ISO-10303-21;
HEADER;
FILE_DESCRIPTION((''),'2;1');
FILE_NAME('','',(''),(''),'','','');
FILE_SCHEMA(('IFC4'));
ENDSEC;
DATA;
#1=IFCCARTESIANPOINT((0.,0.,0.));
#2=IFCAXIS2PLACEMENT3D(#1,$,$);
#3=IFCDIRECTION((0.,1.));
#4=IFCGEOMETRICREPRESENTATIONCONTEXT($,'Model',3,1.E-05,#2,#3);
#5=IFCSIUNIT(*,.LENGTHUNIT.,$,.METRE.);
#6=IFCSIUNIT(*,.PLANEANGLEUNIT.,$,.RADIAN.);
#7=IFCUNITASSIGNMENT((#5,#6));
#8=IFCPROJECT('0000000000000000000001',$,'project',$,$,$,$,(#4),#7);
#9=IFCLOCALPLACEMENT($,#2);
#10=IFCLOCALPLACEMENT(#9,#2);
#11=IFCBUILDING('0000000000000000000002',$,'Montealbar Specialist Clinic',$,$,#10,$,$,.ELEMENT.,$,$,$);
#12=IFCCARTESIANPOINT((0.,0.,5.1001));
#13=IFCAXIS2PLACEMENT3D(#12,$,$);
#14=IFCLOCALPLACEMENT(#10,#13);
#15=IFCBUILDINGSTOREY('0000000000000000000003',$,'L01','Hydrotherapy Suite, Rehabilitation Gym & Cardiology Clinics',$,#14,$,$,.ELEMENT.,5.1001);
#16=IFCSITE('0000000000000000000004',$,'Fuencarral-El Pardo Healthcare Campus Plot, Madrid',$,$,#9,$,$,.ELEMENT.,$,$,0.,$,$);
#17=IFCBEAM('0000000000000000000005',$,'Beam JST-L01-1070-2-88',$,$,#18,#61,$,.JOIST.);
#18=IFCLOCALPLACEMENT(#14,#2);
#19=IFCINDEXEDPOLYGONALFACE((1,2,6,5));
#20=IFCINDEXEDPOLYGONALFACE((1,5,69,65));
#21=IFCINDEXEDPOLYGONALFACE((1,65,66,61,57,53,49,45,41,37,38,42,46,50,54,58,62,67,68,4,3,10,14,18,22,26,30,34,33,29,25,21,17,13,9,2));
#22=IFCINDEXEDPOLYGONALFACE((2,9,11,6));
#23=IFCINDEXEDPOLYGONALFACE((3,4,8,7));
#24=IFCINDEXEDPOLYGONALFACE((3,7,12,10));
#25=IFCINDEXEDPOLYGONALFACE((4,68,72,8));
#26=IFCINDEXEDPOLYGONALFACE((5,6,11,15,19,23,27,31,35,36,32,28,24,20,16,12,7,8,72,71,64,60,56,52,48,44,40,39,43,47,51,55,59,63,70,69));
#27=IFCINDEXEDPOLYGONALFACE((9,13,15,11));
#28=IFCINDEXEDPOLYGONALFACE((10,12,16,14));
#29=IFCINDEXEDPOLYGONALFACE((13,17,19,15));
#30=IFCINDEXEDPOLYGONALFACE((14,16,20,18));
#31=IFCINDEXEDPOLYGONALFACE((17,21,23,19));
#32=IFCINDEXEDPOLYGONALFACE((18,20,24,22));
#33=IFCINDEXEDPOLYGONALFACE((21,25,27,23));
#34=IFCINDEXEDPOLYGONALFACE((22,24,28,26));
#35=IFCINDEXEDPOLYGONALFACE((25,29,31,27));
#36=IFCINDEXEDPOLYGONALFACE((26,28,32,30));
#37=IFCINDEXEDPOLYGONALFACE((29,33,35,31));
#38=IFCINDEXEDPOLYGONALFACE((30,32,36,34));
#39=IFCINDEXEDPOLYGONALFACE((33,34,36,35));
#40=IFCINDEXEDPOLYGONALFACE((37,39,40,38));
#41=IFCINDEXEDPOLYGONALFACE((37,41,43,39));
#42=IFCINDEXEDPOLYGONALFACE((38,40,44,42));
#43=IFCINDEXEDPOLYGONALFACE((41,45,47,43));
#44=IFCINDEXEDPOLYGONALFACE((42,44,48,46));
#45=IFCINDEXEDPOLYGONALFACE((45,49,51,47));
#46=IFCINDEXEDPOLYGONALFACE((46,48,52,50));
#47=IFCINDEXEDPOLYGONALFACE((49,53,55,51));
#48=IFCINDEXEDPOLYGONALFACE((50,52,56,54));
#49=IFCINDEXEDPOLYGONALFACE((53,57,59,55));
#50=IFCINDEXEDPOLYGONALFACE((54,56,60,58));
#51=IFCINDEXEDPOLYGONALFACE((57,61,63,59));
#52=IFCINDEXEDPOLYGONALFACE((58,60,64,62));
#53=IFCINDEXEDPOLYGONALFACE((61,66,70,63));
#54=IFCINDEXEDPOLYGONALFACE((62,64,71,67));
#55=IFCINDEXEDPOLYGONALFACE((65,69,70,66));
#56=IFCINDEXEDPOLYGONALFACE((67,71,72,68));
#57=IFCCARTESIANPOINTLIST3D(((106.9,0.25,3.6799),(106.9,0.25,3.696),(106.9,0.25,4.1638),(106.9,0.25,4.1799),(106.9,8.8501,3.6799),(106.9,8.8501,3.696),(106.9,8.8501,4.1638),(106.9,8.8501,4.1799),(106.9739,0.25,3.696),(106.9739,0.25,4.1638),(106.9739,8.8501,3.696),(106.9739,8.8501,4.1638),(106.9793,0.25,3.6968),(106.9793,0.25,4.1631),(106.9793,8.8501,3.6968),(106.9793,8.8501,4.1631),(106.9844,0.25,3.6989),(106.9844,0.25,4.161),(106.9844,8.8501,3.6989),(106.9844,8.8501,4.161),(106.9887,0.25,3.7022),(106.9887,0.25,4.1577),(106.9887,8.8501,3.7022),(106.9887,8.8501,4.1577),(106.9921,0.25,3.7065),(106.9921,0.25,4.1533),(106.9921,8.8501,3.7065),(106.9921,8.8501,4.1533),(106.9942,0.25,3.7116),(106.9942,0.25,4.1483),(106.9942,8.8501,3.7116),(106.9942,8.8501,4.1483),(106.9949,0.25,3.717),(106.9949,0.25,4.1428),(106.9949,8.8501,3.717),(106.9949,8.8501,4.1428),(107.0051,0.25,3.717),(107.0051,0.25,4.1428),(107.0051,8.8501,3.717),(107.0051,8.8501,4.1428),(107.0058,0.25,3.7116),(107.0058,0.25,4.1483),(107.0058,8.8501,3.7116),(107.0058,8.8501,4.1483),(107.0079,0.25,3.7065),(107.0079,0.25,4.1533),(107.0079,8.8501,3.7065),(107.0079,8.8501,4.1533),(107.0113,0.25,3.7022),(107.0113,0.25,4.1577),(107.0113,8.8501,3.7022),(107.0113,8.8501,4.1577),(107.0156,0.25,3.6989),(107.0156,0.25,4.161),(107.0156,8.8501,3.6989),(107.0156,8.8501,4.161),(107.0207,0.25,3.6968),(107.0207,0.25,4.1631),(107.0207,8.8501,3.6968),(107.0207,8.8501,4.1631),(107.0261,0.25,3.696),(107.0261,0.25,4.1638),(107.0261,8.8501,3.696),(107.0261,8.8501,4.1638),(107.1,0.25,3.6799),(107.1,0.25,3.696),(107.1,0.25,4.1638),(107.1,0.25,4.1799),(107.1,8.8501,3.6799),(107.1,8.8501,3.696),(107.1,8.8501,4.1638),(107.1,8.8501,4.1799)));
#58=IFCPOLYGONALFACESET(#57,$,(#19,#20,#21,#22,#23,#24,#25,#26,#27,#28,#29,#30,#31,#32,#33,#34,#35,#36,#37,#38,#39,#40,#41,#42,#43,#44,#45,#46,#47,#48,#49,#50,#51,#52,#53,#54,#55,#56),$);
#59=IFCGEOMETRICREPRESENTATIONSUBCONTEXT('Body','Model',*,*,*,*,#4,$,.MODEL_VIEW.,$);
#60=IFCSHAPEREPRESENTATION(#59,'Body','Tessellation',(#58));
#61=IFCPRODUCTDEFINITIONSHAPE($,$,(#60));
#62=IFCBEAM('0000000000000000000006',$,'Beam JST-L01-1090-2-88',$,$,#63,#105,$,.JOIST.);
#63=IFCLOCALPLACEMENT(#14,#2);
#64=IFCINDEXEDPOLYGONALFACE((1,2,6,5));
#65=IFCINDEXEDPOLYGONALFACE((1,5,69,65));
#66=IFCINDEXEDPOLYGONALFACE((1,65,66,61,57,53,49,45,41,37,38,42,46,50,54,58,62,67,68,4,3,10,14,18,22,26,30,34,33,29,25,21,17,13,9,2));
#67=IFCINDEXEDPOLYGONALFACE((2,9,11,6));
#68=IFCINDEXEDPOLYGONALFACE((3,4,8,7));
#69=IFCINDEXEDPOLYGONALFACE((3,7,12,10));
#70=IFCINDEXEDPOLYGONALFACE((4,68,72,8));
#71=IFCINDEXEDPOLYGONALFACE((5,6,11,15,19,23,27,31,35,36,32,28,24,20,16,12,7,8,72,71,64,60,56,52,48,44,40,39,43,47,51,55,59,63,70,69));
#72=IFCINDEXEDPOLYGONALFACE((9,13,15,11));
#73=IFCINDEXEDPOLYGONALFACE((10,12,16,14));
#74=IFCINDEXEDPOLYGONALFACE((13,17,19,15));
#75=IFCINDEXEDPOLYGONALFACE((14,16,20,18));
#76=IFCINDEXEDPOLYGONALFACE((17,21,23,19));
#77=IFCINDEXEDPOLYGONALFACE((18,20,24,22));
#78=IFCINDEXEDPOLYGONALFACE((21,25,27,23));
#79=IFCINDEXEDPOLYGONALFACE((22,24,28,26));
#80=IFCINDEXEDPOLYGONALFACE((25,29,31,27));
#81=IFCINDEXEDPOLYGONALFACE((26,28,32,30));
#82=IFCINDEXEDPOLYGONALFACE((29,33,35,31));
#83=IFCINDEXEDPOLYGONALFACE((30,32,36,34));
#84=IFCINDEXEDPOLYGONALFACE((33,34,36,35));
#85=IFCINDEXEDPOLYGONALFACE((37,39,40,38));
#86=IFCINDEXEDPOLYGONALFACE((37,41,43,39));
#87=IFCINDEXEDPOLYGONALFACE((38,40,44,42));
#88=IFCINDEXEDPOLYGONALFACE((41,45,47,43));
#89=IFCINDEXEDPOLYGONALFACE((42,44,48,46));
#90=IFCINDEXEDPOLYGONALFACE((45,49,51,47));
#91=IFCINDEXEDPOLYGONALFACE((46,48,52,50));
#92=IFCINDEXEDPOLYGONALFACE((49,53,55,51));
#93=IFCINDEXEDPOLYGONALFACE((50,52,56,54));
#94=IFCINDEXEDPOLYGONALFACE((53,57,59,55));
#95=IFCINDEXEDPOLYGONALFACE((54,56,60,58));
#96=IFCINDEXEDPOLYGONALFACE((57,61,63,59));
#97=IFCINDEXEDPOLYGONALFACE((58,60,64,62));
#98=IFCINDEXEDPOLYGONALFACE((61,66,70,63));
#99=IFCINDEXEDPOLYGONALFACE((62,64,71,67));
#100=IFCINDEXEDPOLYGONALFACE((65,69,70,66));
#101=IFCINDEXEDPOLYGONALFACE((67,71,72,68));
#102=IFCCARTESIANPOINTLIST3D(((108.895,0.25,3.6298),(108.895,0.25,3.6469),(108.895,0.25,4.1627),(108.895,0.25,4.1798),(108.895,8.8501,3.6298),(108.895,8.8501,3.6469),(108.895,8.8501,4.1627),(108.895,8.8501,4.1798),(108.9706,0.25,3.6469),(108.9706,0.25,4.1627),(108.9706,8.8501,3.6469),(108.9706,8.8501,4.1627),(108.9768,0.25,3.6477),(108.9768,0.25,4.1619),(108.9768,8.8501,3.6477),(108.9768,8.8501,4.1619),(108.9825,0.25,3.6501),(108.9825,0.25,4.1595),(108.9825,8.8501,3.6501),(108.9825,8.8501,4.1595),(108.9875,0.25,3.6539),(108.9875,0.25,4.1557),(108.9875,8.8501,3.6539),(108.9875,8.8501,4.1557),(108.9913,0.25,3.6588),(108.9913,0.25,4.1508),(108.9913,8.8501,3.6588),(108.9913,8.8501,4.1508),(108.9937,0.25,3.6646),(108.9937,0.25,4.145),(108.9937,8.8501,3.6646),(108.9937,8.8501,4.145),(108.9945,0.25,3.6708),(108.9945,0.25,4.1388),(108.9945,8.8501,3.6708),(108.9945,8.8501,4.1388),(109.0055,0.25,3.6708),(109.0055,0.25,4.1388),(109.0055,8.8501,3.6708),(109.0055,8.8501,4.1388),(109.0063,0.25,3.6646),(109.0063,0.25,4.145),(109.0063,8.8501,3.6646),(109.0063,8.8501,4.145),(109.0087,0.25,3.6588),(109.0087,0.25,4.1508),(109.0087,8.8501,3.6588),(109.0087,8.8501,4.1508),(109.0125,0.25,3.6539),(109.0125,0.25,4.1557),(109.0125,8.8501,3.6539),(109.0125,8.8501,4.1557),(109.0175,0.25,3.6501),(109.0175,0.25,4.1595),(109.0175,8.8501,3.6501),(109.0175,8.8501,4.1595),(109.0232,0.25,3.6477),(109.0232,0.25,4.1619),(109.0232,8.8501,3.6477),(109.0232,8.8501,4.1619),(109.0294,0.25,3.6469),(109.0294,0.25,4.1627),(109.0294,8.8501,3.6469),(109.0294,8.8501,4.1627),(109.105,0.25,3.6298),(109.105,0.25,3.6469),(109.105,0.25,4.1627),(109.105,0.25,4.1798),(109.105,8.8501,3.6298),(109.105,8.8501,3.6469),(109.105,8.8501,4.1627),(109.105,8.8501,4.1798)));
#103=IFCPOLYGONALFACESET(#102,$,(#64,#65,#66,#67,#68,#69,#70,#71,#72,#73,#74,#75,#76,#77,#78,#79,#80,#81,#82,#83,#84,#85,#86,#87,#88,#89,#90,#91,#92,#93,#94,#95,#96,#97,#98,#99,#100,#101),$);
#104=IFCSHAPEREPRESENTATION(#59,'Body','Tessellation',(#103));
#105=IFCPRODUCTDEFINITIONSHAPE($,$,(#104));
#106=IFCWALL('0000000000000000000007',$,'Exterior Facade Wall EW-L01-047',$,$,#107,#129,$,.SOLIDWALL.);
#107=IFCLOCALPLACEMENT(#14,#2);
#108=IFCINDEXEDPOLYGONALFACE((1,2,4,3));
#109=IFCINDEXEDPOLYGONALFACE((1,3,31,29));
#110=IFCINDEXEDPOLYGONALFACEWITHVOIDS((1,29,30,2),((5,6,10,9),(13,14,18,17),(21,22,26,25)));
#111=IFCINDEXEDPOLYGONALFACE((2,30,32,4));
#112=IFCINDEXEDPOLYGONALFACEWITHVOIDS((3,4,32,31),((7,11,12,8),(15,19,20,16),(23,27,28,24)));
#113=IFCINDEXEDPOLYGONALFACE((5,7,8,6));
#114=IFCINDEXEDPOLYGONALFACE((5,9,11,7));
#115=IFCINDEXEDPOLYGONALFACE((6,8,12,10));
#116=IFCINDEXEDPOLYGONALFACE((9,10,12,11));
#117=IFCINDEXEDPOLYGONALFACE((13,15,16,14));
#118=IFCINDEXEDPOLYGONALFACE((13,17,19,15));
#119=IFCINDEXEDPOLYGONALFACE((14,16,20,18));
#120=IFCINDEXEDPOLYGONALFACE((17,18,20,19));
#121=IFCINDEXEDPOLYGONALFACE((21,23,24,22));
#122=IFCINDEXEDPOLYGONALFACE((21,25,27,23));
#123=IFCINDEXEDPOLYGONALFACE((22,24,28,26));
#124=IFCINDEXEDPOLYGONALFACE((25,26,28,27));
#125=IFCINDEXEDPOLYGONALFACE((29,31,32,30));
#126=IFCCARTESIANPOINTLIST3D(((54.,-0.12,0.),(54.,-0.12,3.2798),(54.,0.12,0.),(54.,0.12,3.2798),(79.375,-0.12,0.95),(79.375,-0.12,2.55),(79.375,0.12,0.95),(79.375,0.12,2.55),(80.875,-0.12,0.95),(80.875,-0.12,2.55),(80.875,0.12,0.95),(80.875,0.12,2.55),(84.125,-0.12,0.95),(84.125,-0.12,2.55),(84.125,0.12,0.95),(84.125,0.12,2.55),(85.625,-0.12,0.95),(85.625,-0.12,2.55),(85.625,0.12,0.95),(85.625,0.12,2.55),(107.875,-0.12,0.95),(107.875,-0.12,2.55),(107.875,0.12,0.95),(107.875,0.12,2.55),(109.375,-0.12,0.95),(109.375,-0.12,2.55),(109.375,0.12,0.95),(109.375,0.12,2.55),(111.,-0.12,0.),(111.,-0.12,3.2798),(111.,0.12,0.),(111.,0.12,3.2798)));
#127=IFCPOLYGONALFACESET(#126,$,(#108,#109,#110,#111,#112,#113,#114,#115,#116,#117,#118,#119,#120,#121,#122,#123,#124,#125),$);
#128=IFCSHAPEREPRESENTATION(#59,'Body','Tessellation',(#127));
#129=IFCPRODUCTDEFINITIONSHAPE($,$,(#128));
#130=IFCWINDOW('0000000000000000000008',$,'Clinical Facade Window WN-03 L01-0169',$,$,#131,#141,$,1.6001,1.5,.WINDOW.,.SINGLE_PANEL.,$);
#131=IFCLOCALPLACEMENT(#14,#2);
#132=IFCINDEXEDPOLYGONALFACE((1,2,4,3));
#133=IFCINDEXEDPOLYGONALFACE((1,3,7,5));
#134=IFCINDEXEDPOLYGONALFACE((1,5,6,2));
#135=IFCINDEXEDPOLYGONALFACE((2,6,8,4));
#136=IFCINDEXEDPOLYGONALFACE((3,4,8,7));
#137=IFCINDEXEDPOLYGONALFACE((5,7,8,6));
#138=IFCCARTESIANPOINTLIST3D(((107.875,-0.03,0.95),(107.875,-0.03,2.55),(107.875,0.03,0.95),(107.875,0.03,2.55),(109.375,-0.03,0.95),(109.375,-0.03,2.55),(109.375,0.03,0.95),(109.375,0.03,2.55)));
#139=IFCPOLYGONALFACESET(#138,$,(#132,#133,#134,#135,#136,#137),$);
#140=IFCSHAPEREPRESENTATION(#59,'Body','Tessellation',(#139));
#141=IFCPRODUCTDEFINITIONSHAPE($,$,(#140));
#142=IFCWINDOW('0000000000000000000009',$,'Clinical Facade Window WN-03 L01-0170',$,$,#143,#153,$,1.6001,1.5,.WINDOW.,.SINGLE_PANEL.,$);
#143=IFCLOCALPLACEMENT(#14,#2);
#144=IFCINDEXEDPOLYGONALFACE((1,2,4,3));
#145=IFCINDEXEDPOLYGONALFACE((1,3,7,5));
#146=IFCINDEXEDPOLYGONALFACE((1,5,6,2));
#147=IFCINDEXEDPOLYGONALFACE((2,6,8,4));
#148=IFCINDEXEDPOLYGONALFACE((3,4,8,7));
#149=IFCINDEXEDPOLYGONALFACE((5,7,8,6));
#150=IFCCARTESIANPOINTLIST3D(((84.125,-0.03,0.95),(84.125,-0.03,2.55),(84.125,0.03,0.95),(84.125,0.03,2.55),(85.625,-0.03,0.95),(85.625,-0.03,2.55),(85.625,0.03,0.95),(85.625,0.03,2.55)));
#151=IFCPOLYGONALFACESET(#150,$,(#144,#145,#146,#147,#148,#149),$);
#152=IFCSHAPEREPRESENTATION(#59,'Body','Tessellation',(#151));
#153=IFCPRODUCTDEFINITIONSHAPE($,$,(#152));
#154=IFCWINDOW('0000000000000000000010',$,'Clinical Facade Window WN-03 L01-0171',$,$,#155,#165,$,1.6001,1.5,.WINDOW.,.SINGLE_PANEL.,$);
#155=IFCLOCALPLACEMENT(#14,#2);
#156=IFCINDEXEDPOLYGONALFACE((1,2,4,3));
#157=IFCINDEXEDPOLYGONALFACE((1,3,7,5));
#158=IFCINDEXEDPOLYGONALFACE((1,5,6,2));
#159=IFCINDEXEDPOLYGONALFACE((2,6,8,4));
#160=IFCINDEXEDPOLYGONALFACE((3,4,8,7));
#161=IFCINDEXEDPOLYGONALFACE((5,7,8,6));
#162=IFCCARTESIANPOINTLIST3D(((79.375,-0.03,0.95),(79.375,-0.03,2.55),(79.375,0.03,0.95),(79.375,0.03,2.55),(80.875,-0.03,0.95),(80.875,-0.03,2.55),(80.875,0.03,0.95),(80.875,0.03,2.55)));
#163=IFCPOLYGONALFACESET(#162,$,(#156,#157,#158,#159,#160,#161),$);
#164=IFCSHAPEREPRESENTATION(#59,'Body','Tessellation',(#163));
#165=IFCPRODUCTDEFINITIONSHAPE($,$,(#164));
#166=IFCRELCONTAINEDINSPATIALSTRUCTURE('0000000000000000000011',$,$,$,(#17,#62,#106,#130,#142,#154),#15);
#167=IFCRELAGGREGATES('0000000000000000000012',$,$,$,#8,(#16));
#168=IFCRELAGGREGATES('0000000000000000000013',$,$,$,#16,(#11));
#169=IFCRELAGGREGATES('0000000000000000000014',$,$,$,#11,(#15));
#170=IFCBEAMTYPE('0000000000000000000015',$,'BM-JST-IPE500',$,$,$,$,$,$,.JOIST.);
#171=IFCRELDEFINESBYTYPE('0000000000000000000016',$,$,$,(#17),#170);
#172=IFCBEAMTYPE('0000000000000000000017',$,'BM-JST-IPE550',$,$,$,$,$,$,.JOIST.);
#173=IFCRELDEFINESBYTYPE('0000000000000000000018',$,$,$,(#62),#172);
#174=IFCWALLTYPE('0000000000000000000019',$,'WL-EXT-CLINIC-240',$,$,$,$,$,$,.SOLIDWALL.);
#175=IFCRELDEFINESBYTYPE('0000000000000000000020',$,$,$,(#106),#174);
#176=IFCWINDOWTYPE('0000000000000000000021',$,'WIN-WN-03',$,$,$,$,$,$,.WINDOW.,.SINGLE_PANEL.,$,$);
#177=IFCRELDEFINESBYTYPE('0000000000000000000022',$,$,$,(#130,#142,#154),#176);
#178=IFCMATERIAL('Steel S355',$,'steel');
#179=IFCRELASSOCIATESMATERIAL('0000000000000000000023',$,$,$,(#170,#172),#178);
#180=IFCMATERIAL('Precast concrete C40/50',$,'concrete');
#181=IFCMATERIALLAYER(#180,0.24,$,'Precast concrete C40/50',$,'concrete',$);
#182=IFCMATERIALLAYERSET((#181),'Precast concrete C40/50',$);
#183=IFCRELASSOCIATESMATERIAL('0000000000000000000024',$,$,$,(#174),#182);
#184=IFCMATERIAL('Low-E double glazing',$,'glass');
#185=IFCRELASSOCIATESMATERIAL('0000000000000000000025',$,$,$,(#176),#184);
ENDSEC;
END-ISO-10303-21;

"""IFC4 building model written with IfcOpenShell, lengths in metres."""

from ifc_helpers import new_model, si_unit, direction, frame, frame_2d, origin, origin_2d, place, context, subcontext, project, spatial, rectangle, i_section, extrude, material, layer, layer_set, material_profile, profile_set, type_object, element, fill, save


model = new_model("IFC4")

# Units and contexts
model_context = context("Model", 3, precision=1e-05, world=origin(), true_north=direction((0.0, 1.0)))
body_context = subcontext(model_context, "Body", "Model", "MODEL_VIEW")
ifc_project = project(units=[si_unit("LENGTHUNIT", "METRE"), si_unit("PLANEANGLEUNIT", "RADIAN")], contexts=[model_context])

# Site, building, storey
site_placement = place(None, origin())
site = spatial("IfcSite", under=ifc_project, at=site_placement, Name="Fuencarral-El Pardo Healthcare Campus Plot, Madrid", CompositionType="ELEMENT", RefElevation=0.0)
building_placement = place(site_placement, origin())
building = spatial("IfcBuilding", under=site, at=building_placement, Name="Montealbar Specialist Clinic", CompositionType="ELEMENT")
storey_placement = place(building_placement, frame((0.0, 0.0, 5.1001)))
storey = spatial("IfcBuildingStorey", under=building, at=storey_placement, Name="L01", Description="Hydrotherapy Suite, Rehabilitation Gym & Cardiology Clinics", CompositionType="ELEMENT", Elevation=5.1001)

# Shared definitions
ifc_material_1 = material(Name="Steel S355", Category="steel")

# Beams
ifc_material_2 = material(Name="Precast concrete C40/50", Category="concrete")
ifc_material_profile_1 = material_profile(ifc_material_1, i_section(OverallWidth=0.2, OverallDepth=0.5, WebThickness=0.0103, FlangeThickness=0.0161, FilletRadius=0.021, at=origin_2d()), Name="IPE 500", Category="steel")
ifc_profile_set_1 = profile_set([ifc_material_profile_1], Name="Steel S355")
beam_type_1 = type_object("IfcBeamType", Name="BM-JST-IPE500", PredefinedType="JOIST", material=ifc_profile_set_1)
beam_1_placement = place(storey_placement, frame((107.0, 0.25, 3.9299), z_axis=(0.0, 1.0, 0.0), x_axis=(-1.0, 0.0, 0.0)))
element("IfcBeam", 1, at=beam_1_placement, inside=storey, type_object=beam_type_1, Name="Beam JST-L01-1070-2-88", PredefinedType="JOIST", context=body_context, shape_type="SweptSolid", body=[
    extrude(i_section(OverallWidth=0.2, OverallDepth=0.5, WebThickness=0.0103, FlangeThickness=0.0161, FilletRadius=0.021, at=origin_2d()), origin(), (0.0, 0.0, 1.0), 8.6001),
])
ifc_material_profile_2 = material_profile(ifc_material_1, i_section(OverallWidth=0.21, OverallDepth=0.55, WebThickness=0.011, FlangeThickness=0.0171, FilletRadius=0.0239, at=origin_2d()), Name="IPE 550", Category="steel")
ifc_profile_set_2 = profile_set([ifc_material_profile_2], Name="Steel S355")
beam_type_2 = type_object("IfcBeamType", Name="BM-JST-IPE550", PredefinedType="JOIST", material=ifc_profile_set_2)
beam_2_placement = place(storey_placement, frame((109.0, 0.25, 3.9048), z_axis=(0.0, 1.0, 0.0), x_axis=(-1.0, 0.0, 0.0)))
element("IfcBeam", 2, at=beam_2_placement, inside=storey, type_object=beam_type_2, Name="Beam JST-L01-1090-2-88", PredefinedType="JOIST", context=body_context, shape_type="SweptSolid", body=[
    extrude(i_section(OverallWidth=0.21, OverallDepth=0.55, WebThickness=0.011, FlangeThickness=0.0171, FilletRadius=0.0239, at=origin_2d()), origin(), (0.0, 0.0, 1.0), 8.6001),
])

# Wall, openings, windows
ifc_layer_1 = layer(ifc_material_2, 0.24, Name="Precast concrete C40/50", Category="concrete")
ifc_layer_set_1 = layer_set([ifc_layer_1], Name="Precast concrete C40/50")
wall_type_1 = type_object("IfcWallType", Name="WL-EXT-CLINIC-240", PredefinedType="SOLIDWALL", material=ifc_layer_set_1)
wall_1_placement = place(storey_placement, frame((111.0, 0.0, 0.0), z_axis=(0.0, 0.0, 1.0), x_axis=(-1.0, 0.0, 0.0)))
wall_1 = element("IfcWall", 3, at=wall_1_placement, inside=storey, type_object=wall_type_1, Name="Exterior Facade Wall EW-L01-047", PredefinedType="SOLIDWALL", context=body_context, shape_type="SweptSolid", body=[
    extrude(rectangle(XDim=57.0, YDim=0.24, at=frame_2d((28.5, 0.0))), origin(), (0.0, 0.0, 1.0), 3.2798),
])
opening_1_placement = place(wall_1_placement, frame((1.625, 0.0, 0.95)))
opening_1 = element("IfcOpeningElement", 4, at=opening_1_placement, cuts=wall_1, PredefinedType="OPENING", context=body_context, shape_type="SweptSolid", body=[
    extrude(rectangle(XDim=1.5, YDim=1.6001, at=frame_2d((0.75, 0.8))), frame((0.0, 0.1299, 0.0), z_axis=(0.0, -1.0, 0.0), x_axis=(1.0, 0.0, 0.0)), (0.0, 0.0, 1.0), 0.26),
])
opening_2_placement = place(wall_1_placement, frame((25.375, 0.0, 0.95)))
opening_2 = element("IfcOpeningElement", 5, at=opening_2_placement, cuts=wall_1, PredefinedType="OPENING", context=body_context, shape_type="SweptSolid", body=[
    extrude(rectangle(XDim=1.5, YDim=1.6001, at=frame_2d((0.75, 0.8))), frame((0.0, 0.1299, 0.0), z_axis=(0.0, -1.0, 0.0), x_axis=(1.0, 0.0, 0.0)), (0.0, 0.0, 1.0), 0.26),
])
opening_3_placement = place(wall_1_placement, frame((30.125, 0.0, 0.95)))
opening_3 = element("IfcOpeningElement", 6, at=opening_3_placement, cuts=wall_1, PredefinedType="OPENING", context=body_context, shape_type="SweptSolid", body=[
    extrude(rectangle(XDim=1.5, YDim=1.6001, at=frame_2d((0.75, 0.8))), frame((0.0, 0.1299, 0.0), z_axis=(0.0, -1.0, 0.0), x_axis=(1.0, 0.0, 0.0)), (0.0, 0.0, 1.0), 0.26),
])
ifc_material_3 = material(Name="Low-E double glazing", Category="glass")
window_type = type_object("IfcWindowType", Name="WIN-WN-03", PartitioningType="SINGLE_PANEL", PredefinedType="WINDOW", material=ifc_material_3)
window_1_placement = place(opening_1_placement, origin())
window_1 = element("IfcWindow", 7, at=window_1_placement, inside=storey, type_object=window_type, Name="Clinical Facade Window WN-03 L01-0169", OverallHeight=1.6001, OverallWidth=1.5, PartitioningType="SINGLE_PANEL", PredefinedType="WINDOW", context=body_context, shape_type="SweptSolid", body=[
    extrude(rectangle(XDim=1.5, YDim=1.6001, at=frame_2d((0.75, 0.8))), frame((0.0, 0.03, 0.0), z_axis=(0.0, -1.0, 0.0), x_axis=(1.0, 0.0, 0.0)), (0.0, 0.0, 1.0), 0.0601),
])
fill(opening_1, window_1)
window_2_placement = place(opening_2_placement, origin())
window_2 = element("IfcWindow", 8, at=window_2_placement, inside=storey, type_object=window_type, Name="Clinical Facade Window WN-03 L01-0170", OverallHeight=1.6001, OverallWidth=1.5, PartitioningType="SINGLE_PANEL", PredefinedType="WINDOW", context=body_context, shape_type="SweptSolid", body=[
    extrude(rectangle(XDim=1.5, YDim=1.6001, at=frame_2d((0.75, 0.8))), frame((0.0, 0.03, 0.0), z_axis=(0.0, -1.0, 0.0), x_axis=(1.0, 0.0, 0.0)), (0.0, 0.0, 1.0), 0.0601),
])
fill(opening_2, window_2)
window_3_placement = place(opening_3_placement, origin())
window_3 = element("IfcWindow", 9, at=window_3_placement, inside=storey, type_object=window_type, Name="Clinical Facade Window WN-03 L01-0171", OverallHeight=1.6001, OverallWidth=1.5, PartitioningType="SINGLE_PANEL", PredefinedType="WINDOW", context=body_context, shape_type="SweptSolid", body=[
    extrude(rectangle(XDim=1.5, YDim=1.6001, at=frame_2d((0.75, 0.8))), frame((0.0, 0.03, 0.0), z_axis=(0.0, -1.0, 0.0), x_axis=(1.0, 0.0, 0.0)), (0.0, 0.0, 1.0), 0.0601),
])
fill(opening_3, window_3)

save(model, "model.ifc")
